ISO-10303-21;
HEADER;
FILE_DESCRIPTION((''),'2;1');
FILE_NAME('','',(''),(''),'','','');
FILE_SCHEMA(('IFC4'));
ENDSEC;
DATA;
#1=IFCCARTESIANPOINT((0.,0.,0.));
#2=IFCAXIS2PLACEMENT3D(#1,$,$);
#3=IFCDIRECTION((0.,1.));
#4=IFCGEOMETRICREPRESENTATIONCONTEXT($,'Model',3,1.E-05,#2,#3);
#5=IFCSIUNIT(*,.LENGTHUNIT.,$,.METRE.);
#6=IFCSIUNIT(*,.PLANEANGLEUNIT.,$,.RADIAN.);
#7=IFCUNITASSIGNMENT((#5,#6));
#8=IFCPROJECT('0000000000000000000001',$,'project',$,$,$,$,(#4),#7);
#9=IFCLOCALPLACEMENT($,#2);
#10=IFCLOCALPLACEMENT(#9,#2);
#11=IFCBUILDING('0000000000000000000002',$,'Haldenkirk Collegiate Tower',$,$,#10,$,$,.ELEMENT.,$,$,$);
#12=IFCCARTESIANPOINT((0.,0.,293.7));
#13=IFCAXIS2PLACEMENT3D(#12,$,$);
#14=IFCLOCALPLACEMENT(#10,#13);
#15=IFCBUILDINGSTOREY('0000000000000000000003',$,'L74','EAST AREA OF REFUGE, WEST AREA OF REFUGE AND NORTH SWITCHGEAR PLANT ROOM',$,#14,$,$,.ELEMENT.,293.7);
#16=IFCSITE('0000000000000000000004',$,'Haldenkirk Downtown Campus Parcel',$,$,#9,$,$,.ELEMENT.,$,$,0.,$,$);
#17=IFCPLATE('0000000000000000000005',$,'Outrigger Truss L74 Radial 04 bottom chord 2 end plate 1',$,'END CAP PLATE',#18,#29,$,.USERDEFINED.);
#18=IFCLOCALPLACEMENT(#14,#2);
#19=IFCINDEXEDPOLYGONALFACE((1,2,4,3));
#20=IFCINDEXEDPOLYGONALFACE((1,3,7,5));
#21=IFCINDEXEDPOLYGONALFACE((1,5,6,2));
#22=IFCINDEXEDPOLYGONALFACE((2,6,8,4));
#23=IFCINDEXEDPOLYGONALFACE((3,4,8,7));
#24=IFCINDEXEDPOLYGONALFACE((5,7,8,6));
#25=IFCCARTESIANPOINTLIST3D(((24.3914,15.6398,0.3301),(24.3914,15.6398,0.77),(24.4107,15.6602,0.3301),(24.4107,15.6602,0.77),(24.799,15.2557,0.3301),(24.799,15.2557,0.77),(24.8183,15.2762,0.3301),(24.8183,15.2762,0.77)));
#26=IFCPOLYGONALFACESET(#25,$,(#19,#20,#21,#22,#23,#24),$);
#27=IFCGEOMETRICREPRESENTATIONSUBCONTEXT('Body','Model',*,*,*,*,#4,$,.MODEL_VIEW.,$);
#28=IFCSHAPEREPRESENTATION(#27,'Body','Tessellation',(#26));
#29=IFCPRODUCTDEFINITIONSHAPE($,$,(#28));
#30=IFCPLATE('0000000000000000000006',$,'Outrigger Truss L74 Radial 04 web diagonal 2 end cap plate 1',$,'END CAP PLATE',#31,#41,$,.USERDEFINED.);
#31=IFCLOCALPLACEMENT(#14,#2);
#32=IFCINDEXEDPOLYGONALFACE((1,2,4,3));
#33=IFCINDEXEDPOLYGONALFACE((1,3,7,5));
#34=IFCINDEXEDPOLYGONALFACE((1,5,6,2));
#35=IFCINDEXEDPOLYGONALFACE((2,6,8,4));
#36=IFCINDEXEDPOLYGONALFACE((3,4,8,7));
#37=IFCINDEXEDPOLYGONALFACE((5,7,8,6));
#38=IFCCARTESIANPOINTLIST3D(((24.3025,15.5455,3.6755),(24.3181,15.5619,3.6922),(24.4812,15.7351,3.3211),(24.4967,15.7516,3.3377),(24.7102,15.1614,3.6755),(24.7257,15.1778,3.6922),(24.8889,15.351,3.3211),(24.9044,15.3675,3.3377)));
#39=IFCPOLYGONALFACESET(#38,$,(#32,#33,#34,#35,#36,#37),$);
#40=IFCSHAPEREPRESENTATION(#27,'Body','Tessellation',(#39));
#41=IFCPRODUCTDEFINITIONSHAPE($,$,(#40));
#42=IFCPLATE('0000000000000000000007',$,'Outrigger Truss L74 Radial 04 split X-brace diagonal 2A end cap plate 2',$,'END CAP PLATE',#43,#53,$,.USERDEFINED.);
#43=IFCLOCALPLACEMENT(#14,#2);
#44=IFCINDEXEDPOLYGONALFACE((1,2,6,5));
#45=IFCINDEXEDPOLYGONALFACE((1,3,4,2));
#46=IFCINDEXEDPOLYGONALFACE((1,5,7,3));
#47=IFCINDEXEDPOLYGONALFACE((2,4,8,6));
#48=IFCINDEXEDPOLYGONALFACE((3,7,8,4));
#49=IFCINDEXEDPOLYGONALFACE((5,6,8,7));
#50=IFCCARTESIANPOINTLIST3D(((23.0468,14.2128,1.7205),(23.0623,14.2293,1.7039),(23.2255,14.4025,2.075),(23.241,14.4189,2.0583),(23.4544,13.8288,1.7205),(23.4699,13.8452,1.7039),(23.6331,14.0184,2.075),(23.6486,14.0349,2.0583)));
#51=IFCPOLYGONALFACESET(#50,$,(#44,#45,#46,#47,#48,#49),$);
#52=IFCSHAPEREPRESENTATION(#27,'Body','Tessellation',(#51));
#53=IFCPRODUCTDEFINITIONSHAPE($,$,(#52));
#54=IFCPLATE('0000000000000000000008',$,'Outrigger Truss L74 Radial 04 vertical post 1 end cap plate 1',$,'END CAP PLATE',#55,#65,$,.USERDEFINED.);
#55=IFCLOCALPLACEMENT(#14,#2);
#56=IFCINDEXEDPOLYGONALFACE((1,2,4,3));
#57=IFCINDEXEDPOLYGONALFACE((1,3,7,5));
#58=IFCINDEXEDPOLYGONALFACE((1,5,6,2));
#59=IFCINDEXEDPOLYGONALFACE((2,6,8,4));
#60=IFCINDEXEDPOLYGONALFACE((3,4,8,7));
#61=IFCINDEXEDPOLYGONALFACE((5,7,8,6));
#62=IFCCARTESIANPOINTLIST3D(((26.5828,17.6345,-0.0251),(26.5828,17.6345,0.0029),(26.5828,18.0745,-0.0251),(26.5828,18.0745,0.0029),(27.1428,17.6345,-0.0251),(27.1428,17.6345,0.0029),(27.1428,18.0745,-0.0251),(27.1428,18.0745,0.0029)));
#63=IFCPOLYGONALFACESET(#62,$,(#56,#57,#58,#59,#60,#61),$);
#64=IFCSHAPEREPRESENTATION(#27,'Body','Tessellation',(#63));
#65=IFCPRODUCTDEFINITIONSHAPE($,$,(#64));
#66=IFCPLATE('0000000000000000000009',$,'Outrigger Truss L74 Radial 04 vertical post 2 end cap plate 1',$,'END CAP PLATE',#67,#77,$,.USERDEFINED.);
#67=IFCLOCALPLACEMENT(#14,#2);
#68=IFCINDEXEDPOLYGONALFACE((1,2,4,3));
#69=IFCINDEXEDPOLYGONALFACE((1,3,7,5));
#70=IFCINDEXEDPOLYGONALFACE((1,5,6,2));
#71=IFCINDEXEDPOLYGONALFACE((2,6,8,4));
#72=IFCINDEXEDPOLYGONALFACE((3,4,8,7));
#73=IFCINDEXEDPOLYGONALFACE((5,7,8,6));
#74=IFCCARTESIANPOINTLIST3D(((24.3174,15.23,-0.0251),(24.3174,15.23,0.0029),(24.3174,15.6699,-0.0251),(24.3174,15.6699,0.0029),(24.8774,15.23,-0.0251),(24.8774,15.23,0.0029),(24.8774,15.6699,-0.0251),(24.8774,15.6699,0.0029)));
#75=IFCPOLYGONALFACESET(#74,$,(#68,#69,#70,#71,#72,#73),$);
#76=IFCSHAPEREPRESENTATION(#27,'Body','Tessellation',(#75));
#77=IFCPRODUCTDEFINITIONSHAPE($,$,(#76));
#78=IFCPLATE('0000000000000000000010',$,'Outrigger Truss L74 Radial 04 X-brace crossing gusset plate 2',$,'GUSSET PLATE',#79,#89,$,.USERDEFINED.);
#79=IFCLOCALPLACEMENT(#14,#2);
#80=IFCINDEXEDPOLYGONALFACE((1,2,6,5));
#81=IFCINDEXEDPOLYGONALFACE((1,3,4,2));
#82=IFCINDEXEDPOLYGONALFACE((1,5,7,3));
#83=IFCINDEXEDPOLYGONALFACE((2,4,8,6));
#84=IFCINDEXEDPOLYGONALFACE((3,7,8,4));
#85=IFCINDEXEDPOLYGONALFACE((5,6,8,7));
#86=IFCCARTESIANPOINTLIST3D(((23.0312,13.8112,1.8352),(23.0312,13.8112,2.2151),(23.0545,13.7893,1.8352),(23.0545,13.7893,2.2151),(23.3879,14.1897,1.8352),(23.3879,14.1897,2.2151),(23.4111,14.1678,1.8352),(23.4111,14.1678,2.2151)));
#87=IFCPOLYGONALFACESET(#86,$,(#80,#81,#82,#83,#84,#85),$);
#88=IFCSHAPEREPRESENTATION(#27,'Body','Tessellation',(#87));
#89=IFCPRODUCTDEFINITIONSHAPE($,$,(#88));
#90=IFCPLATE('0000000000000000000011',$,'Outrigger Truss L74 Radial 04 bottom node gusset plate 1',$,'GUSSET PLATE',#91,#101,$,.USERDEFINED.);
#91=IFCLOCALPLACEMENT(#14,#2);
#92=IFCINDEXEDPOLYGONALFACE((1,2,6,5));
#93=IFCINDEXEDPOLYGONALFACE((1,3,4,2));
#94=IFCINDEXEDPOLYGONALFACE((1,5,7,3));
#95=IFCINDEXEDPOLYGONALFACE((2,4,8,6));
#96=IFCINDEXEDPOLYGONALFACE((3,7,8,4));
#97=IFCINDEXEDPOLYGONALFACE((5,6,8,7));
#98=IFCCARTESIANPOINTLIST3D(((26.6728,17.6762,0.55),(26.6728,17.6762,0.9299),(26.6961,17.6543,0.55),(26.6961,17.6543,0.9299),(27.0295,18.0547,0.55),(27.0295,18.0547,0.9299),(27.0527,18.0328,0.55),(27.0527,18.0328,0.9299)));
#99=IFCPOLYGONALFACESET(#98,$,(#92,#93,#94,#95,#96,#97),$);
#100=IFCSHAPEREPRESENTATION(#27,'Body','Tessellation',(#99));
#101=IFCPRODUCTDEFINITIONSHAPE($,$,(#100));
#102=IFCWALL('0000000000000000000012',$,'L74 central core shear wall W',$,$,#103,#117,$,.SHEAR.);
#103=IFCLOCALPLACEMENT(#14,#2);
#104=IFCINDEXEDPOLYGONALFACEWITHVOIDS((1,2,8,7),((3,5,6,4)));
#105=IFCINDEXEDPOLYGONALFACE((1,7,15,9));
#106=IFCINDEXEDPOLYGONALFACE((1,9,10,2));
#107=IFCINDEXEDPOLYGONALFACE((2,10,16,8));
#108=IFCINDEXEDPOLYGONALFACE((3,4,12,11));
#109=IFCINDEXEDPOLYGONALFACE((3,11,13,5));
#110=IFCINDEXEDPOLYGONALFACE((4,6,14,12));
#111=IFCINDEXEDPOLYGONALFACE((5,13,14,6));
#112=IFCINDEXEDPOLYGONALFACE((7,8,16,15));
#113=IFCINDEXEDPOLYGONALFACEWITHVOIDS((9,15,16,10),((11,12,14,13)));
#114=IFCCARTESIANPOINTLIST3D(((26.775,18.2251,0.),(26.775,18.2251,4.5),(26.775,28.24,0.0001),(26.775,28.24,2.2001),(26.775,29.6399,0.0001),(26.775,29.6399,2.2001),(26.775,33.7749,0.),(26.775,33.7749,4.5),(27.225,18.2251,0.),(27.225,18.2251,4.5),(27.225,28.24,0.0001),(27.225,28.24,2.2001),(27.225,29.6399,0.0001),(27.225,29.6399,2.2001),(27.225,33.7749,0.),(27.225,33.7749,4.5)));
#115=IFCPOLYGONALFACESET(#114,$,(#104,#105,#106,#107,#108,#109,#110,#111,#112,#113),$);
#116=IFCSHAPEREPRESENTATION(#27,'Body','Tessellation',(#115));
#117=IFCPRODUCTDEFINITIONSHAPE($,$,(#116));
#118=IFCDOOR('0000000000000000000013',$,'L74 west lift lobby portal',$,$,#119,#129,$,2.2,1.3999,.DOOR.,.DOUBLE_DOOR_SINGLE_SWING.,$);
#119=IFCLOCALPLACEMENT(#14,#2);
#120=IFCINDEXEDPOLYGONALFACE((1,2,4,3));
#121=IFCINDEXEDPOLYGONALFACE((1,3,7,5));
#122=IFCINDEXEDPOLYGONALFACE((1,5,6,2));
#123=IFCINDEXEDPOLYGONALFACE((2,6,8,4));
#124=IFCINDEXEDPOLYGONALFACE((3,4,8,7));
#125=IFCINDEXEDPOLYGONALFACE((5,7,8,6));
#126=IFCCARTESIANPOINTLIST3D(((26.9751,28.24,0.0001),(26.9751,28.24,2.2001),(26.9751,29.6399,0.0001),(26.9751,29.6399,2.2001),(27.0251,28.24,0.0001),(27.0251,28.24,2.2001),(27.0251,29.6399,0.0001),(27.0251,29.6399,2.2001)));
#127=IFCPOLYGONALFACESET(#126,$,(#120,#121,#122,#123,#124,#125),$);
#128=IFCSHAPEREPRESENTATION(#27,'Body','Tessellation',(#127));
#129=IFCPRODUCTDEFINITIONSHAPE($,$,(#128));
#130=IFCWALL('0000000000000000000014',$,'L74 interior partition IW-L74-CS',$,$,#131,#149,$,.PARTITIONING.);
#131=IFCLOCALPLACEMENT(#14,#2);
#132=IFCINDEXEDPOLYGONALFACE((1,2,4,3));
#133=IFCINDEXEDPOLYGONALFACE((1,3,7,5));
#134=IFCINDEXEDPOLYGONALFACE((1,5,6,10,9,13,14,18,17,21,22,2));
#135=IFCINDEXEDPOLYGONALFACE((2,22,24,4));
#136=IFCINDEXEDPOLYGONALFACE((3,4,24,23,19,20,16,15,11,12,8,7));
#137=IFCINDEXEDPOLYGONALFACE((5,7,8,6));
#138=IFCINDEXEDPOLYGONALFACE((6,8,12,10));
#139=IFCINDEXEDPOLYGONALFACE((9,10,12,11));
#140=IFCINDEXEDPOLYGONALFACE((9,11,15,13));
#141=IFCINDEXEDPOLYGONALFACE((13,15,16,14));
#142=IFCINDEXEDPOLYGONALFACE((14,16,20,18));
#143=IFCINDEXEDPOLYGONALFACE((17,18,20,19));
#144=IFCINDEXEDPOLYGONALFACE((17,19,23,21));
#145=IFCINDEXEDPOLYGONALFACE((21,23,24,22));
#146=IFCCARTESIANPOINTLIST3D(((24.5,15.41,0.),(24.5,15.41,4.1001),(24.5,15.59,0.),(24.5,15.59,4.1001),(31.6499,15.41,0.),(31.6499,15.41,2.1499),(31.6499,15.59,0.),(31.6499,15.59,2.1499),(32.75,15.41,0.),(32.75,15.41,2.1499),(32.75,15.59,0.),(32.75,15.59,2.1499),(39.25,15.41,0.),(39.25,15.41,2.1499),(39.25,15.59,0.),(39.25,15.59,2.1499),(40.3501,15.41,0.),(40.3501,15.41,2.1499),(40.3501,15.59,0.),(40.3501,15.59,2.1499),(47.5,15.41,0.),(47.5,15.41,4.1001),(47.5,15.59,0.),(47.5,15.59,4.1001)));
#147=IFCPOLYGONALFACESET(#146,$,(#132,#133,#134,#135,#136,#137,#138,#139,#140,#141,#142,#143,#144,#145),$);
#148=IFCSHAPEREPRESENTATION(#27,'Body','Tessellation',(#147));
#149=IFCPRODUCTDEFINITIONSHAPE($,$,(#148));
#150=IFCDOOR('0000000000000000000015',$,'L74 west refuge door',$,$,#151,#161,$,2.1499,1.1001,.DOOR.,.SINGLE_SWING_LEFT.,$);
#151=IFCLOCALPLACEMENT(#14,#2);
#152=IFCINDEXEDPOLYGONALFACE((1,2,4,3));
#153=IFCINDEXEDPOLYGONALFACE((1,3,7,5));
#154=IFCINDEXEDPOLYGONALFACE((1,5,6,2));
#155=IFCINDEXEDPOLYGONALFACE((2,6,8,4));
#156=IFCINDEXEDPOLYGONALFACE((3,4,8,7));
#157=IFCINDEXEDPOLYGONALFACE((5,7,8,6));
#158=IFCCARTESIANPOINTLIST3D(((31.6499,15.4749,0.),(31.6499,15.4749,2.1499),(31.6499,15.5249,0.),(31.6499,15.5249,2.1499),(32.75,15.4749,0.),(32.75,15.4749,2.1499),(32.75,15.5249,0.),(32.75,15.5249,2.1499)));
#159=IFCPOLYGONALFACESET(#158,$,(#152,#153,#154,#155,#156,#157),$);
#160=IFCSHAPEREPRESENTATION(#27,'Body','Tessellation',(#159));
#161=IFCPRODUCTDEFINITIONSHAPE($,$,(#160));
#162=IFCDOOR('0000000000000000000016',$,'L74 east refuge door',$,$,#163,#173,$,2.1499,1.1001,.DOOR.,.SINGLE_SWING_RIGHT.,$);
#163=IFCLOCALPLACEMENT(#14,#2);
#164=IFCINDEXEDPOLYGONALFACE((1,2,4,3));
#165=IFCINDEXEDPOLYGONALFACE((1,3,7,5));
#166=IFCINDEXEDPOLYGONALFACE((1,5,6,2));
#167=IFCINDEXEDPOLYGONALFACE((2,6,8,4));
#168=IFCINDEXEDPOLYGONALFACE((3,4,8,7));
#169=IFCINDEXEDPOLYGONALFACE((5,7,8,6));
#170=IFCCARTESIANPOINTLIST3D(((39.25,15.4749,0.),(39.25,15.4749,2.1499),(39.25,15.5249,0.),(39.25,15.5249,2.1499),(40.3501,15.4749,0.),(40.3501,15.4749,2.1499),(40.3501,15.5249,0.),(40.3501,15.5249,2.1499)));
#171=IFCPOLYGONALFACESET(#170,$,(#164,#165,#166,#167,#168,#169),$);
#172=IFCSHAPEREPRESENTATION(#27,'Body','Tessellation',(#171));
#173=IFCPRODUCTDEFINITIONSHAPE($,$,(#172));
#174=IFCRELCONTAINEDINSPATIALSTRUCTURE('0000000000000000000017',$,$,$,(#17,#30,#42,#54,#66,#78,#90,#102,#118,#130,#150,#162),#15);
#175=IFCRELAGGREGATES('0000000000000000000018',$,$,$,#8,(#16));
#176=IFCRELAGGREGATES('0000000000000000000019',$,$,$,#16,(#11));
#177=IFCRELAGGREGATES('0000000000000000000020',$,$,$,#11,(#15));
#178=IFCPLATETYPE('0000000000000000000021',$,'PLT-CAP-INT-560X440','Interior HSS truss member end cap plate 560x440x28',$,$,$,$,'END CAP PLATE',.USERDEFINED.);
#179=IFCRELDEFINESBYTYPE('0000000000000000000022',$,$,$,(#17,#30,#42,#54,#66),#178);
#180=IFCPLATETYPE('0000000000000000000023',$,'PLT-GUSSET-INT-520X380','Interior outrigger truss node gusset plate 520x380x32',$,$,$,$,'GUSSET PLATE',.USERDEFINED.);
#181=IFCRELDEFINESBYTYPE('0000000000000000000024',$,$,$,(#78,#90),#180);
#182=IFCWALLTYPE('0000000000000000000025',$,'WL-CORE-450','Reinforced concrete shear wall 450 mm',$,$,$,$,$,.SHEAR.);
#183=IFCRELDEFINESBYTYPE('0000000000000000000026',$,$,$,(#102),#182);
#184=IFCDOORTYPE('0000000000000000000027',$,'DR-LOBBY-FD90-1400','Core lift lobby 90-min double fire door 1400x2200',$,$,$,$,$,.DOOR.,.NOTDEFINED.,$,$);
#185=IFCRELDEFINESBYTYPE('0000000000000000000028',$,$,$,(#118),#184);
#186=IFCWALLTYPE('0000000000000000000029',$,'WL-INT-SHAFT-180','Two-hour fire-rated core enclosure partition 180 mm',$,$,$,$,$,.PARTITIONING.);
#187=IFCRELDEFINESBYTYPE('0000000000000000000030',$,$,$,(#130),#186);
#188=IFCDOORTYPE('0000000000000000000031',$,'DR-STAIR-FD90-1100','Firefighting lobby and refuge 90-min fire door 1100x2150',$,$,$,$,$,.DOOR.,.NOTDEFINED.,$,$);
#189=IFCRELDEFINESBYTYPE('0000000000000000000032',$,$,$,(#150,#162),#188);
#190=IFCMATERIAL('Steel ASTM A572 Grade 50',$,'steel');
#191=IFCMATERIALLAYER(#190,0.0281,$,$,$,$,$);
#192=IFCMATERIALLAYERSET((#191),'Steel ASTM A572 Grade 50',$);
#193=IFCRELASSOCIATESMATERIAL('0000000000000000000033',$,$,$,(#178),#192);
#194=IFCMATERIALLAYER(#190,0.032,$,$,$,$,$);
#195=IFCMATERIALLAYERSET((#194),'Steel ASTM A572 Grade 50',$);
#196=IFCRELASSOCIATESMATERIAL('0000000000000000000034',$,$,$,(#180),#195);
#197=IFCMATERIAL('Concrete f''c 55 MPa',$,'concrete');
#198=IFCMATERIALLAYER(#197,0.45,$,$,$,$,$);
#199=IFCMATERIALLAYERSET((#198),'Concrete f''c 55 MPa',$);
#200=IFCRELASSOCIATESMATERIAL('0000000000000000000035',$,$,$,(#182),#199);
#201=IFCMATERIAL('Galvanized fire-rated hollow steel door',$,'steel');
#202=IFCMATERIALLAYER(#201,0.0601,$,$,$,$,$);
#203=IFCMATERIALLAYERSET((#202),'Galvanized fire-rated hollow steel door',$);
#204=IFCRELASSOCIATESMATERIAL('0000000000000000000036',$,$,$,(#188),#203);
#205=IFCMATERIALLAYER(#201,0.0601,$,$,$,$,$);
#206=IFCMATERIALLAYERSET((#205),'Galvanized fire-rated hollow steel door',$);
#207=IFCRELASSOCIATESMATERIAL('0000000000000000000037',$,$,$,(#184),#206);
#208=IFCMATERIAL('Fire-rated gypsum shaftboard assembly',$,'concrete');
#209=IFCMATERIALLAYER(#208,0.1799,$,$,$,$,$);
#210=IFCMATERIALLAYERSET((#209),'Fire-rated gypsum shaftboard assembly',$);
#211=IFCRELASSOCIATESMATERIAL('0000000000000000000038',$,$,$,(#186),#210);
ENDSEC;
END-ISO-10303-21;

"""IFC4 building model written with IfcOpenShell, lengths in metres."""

from ifc_helpers import new_model, si_unit, direction, frame, frame_2d, origin, origin_2d, place, context, subcontext, project, spatial, rectangle, extrude, source, transform, mapped, material, layer, layer_set, type_object, element, fill, save


model = new_model("IFC4")

# Units and contexts
model_context = context("Model", 3, precision=1e-05, world=origin(), true_north=direction((0.0, 1.0)))
body_context = subcontext(model_context, "Body", "Model", "MODEL_VIEW")
ifc_project = project(units=[si_unit("LENGTHUNIT", "METRE"), si_unit("PLANEANGLEUNIT", "RADIAN")], contexts=[model_context])

# Site, building, storey
site_placement = place(None, origin())
site = spatial("IfcSite", under=ifc_project, at=site_placement, Name="Haldenkirk Downtown Campus Parcel", CompositionType="ELEMENT", RefElevation=0.0)
building_placement = place(site_placement, origin())
building = spatial("IfcBuilding", under=site, at=building_placement, Name="Haldenkirk Collegiate Tower", CompositionType="ELEMENT")
storey_placement = place(building_placement, frame((0.0, 0.0, 293.7)))
storey = spatial("IfcBuildingStorey", under=building, at=storey_placement, Name="L74", Description="EAST AREA OF REFUGE, WEST AREA OF REFUGE AND NORTH SWITCHGEAR PLANT ROOM", CompositionType="ELEMENT", Elevation=293.7)

# Shared definitions
ifc_material_1 = material(Name="Steel ASTM A572 Grade 50", Category="steel")

# Plates
ifc_layer_1 = layer(ifc_material_1, 0.0281)
ifc_layer_set_1 = layer_set([ifc_layer_1], Name="Steel ASTM A572 Grade 50")
plate_type_1 = type_object("IfcPlateType", Name="PLT-CAP-INT-560X440", Description="Interior HSS truss member end cap plate 560x440x28", ElementType="END CAP PLATE", PredefinedType="USERDEFINED", material=ifc_layer_set_1)
shared_shape_1 = source(origin(), body_context, "Body", "SweptSolid", [
    extrude(rectangle(XDim=0.5601, YDim=0.4399, at=origin_2d()), origin(), (0.0, 0.0, 1.0), 0.0281),
])
for number, where, z_axis, x_axis, name in (
    (1, (24.5952, 15.4478, 0.55), (0.685769, 0.727819, 0.0), (-0.727819, 0.685769, 0.0), "Outrigger Truss L74 Radial 04 bottom chord 2 end plate 1"),
    (2, (24.5957, 15.4482, 3.4983), (0.552544, 0.586434, 0.592276), (-0.727825, 0.685763, 0.0), "Outrigger Truss L74 Radial 04 web diagonal 2 end cap plate 1"),
    (3, (23.3555, 14.1321, 1.8811), (-0.552542, -0.586445, 0.592266), (0.727832, -0.685755, 0.0), "Outrigger Truss L74 Radial 04 split X-brace diagonal 2A end cap plate 2"),
    (4, (26.8628, 17.8545, 0.0029), (0.0, 0.0, -1.0), (1.0, 0.0, 0.0), "Outrigger Truss L74 Radial 04 vertical post 1 end cap plate 1"),
    (5, (24.5974, 15.45, 0.0029), (0.0, 0.0, -1.0), (1.0, 0.0, 0.0), "Outrigger Truss L74 Radial 04 vertical post 2 end cap plate 1"),
):
    element("IfcPlate", number, at=place(storey_placement, frame(where, z_axis=z_axis, x_axis=x_axis)), inside=storey, type_object=plate_type_1, Name=name, ObjectType="END CAP PLATE", PredefinedType="USERDEFINED", context=body_context, shape_type="MappedRepresentation", body=[
        mapped(shared_shape_1, transform((0.0, 0.0, 0.0), x_axis=(1.0, 0.0, 0.0), y_axis=(0.0, 1.0, 0.0), z_axis=(0.0, 0.0, 1.0), scale=1.0)),
    ])
ifc_layer_2 = layer(ifc_material_1, 0.032)
ifc_layer_set_2 = layer_set([ifc_layer_2], Name="Steel ASTM A572 Grade 50")
plate_type_2 = type_object("IfcPlateType", Name="PLT-GUSSET-INT-520X380", Description="Interior outrigger truss node gusset plate 520x380x32", ElementType="GUSSET PLATE", PredefinedType="USERDEFINED", material=ifc_layer_set_2)
shared_shape_2 = source(origin(), body_context, "Body", "SweptSolid", [
    extrude(rectangle(XDim=0.52, YDim=0.032, at=origin_2d()), origin(), (0.0, 0.0, 1.0), 0.3799),
])
for number, where, z_axis, x_axis, name in (
    (6, (23.2212, 13.9895, 1.8352), (0.0, 0.0, 1.0), (-0.685769, -0.727819, 0.0), "Outrigger Truss L74 Radial 04 X-brace crossing gusset plate 2"),
    (7, (26.8628, 17.8545, 0.55), (0.0, 0.0, 1.0), (-0.685769, -0.727819, 0.0), "Outrigger Truss L74 Radial 04 bottom node gusset plate 1"),
):
    element("IfcPlate", number, at=place(storey_placement, frame(where, z_axis=z_axis, x_axis=x_axis)), inside=storey, type_object=plate_type_2, Name=name, ObjectType="GUSSET PLATE", PredefinedType="USERDEFINED", context=body_context, shape_type="MappedRepresentation", body=[
        mapped(shared_shape_2, transform((0.0, 0.0, 0.0), x_axis=(1.0, 0.0, 0.0), y_axis=(0.0, 1.0, 0.0), z_axis=(0.0, 0.0, 1.0), scale=1.0)),
    ])

# Shared definitions
ifc_material_2 = material(Name="Concrete f'c 55 MPa", Category="concrete")
ifc_layer_3 = layer(ifc_material_2, 0.45)
ifc_layer_set_3 = layer_set([ifc_layer_3], Name="Concrete f'c 55 MPa")
wall_type_1 = type_object("IfcWallType", Name="WL-CORE-450", Description="Reinforced concrete shear wall 450 mm", PredefinedType="SHEAR", material=ifc_layer_set_3)
ifc_material_3 = material(Name="Galvanized fire-rated hollow steel door", Category="steel")
ifc_layer_4 = layer(ifc_material_3, 0.0601)
ifc_layer_set_4 = layer_set([ifc_layer_4], Name="Galvanized fire-rated hollow steel door")
door_type_1 = type_object("IfcDoorType", Name="DR-STAIR-FD90-1100", Description="Firefighting lobby and refuge 90-min fire door 1100x2150", OperationType="NOTDEFINED", PredefinedType="DOOR", material=ifc_layer_set_4)

# Wall, opening, door
wall_1_placement = place(storey_placement, frame((27.0, 18.2251, 0.0), z_axis=(0.0, 0.0, 1.0), x_axis=(0.0, 1.0, 0.0)))
wall_1 = element("IfcWall", 8, at=wall_1_placement, inside=storey, type_object=wall_type_1, Name="L74 central core shear wall W", PredefinedType="SHEAR", context=body_context, shape_type="SweptSolid", body=[
    extrude(rectangle(XDim=15.5498, YDim=0.45, at=frame_2d((7.7749, 0.0))), origin(), (0.0, 0.0, 1.0), 4.5),
])
opening_1_placement = place(wall_1_placement, frame((10.0149, 0.0, 0.0)))
opening_1 = element("IfcOpeningElement", 9, at=opening_1_placement, cuts=wall_1, PredefinedType="OPENING", context=body_context, shape_type="SweptSolid", body=[
    extrude(rectangle(XDim=1.3999, YDim=2.2, at=frame_2d((0.7, 1.1001))), frame((0.0, 0.2349, 0.0), z_axis=(0.0, -1.0, 0.0), x_axis=(1.0, 0.0, 0.0)), (0.0, 0.0, 1.0), 0.47),
])
ifc_layer_5 = layer(ifc_material_3, 0.0601)
ifc_layer_set_5 = layer_set([ifc_layer_5], Name="Galvanized fire-rated hollow steel door")
door_type_2 = type_object("IfcDoorType", Name="DR-LOBBY-FD90-1400", Description="Core lift lobby 90-min double fire door 1400x2200", OperationType="NOTDEFINED", PredefinedType="DOOR", material=ifc_layer_set_5)
door_1_placement = place(opening_1_placement, origin())
door_1 = element("IfcDoor", 10, at=door_1_placement, inside=storey, type_object=door_type_2, Name="L74 west lift lobby portal", OperationType="DOUBLE_DOOR_SINGLE_SWING", OverallHeight=2.2, OverallWidth=1.3999, PredefinedType="DOOR", context=body_context, shape_type="SweptSolid", body=[
    extrude(rectangle(XDim=1.3999, YDim=2.2, at=frame_2d((0.7, 1.1001))), frame((0.0, 0.0249, 0.0), z_axis=(0.0, -1.0, 0.0), x_axis=(1.0, 0.0, 0.0)), (0.0, 0.0, 1.0), 0.05),
])
fill(opening_1, door_1)

# Wall, openings, doors
ifc_material_4 = material(Name="Fire-rated gypsum shaftboard assembly", Category="concrete")
ifc_layer_6 = layer(ifc_material_4, 0.1799)
ifc_layer_set_6 = layer_set([ifc_layer_6], Name="Fire-rated gypsum shaftboard assembly")
wall_type_2 = type_object("IfcWallType", Name="WL-INT-SHAFT-180", Description="Two-hour fire-rated core enclosure partition 180 mm", PredefinedType="PARTITIONING", material=ifc_layer_set_6)
wall_2_placement = place(storey_placement, frame((24.5, 15.5, 0.0), z_axis=(0.0, 0.0, 1.0), x_axis=(1.0, 0.0, 0.0)))
wall_2 = element("IfcWall", 11, at=wall_2_placement, inside=storey, type_object=wall_type_2, Name="L74 interior partition IW-L74-CS", PredefinedType="PARTITIONING", context=body_context, shape_type="SweptSolid", body=[
    extrude(rectangle(XDim=23.0, YDim=0.1799, at=frame_2d((11.5, 0.0))), origin(), (0.0, 0.0, 1.0), 4.1001),
])
opening_2_placement = place(wall_2_placement, frame((7.1499, 0.0, 0.0)))
opening_2 = element("IfcOpeningElement", 12, at=opening_2_placement, cuts=wall_2, PredefinedType="OPENING", context=body_context, shape_type="SweptSolid", body=[
    extrude(rectangle(XDim=1.1001, YDim=2.1499, at=frame_2d((0.55, 1.075))), frame((0.0, 0.0999, 0.0), z_axis=(0.0, -1.0, 0.0), x_axis=(1.0, 0.0, 0.0)), (0.0, 0.0, 1.0), 0.2),
])
opening_3_placement = place(wall_2_placement, frame((14.75, 0.0, 0.0)))
opening_3 = element("IfcOpeningElement", 13, at=opening_3_placement, cuts=wall_2, PredefinedType="OPENING", context=body_context, shape_type="SweptSolid", body=[
    extrude(rectangle(XDim=1.1001, YDim=2.1499, at=frame_2d((0.55, 1.075))), frame((0.0, 0.0999, 0.0), z_axis=(0.0, -1.0, 0.0), x_axis=(1.0, 0.0, 0.0)), (0.0, 0.0, 1.0), 0.2),
])
door_2_placement = place(opening_2_placement, origin())
door_2 = element("IfcDoor", 14, at=door_2_placement, inside=storey, type_object=door_type_1, Name="L74 west refuge door", OperationType="SINGLE_SWING_LEFT", OverallHeight=2.1499, OverallWidth=1.1001, PredefinedType="DOOR", context=body_context, shape_type="SweptSolid", body=[
    extrude(rectangle(XDim=1.1001, YDim=2.1499, at=frame_2d((0.55, 1.075))), frame((0.0, 0.0249, 0.0), z_axis=(0.0, -1.0, 0.0), x_axis=(1.0, 0.0, 0.0)), (0.0, 0.0, 1.0), 0.05),
])
fill(opening_2, door_2)
door_3_placement = place(opening_3_placement, origin())
door_3 = element("IfcDoor", 15, at=door_3_placement, inside=storey, type_object=door_type_1, Name="L74 east refuge door", OperationType="SINGLE_SWING_RIGHT", OverallHeight=2.1499, OverallWidth=1.1001, PredefinedType="DOOR", context=body_context, shape_type="SweptSolid", body=[
    extrude(rectangle(XDim=1.1001, YDim=2.1499, at=frame_2d((0.55, 1.075))), frame((0.0, 0.0249, 0.0), z_axis=(0.0, -1.0, 0.0), x_axis=(1.0, 0.0, 0.0)), (0.0, 0.0, 1.0), 0.05),
])
fill(opening_3, door_3)

save(model, "model.ifc")
